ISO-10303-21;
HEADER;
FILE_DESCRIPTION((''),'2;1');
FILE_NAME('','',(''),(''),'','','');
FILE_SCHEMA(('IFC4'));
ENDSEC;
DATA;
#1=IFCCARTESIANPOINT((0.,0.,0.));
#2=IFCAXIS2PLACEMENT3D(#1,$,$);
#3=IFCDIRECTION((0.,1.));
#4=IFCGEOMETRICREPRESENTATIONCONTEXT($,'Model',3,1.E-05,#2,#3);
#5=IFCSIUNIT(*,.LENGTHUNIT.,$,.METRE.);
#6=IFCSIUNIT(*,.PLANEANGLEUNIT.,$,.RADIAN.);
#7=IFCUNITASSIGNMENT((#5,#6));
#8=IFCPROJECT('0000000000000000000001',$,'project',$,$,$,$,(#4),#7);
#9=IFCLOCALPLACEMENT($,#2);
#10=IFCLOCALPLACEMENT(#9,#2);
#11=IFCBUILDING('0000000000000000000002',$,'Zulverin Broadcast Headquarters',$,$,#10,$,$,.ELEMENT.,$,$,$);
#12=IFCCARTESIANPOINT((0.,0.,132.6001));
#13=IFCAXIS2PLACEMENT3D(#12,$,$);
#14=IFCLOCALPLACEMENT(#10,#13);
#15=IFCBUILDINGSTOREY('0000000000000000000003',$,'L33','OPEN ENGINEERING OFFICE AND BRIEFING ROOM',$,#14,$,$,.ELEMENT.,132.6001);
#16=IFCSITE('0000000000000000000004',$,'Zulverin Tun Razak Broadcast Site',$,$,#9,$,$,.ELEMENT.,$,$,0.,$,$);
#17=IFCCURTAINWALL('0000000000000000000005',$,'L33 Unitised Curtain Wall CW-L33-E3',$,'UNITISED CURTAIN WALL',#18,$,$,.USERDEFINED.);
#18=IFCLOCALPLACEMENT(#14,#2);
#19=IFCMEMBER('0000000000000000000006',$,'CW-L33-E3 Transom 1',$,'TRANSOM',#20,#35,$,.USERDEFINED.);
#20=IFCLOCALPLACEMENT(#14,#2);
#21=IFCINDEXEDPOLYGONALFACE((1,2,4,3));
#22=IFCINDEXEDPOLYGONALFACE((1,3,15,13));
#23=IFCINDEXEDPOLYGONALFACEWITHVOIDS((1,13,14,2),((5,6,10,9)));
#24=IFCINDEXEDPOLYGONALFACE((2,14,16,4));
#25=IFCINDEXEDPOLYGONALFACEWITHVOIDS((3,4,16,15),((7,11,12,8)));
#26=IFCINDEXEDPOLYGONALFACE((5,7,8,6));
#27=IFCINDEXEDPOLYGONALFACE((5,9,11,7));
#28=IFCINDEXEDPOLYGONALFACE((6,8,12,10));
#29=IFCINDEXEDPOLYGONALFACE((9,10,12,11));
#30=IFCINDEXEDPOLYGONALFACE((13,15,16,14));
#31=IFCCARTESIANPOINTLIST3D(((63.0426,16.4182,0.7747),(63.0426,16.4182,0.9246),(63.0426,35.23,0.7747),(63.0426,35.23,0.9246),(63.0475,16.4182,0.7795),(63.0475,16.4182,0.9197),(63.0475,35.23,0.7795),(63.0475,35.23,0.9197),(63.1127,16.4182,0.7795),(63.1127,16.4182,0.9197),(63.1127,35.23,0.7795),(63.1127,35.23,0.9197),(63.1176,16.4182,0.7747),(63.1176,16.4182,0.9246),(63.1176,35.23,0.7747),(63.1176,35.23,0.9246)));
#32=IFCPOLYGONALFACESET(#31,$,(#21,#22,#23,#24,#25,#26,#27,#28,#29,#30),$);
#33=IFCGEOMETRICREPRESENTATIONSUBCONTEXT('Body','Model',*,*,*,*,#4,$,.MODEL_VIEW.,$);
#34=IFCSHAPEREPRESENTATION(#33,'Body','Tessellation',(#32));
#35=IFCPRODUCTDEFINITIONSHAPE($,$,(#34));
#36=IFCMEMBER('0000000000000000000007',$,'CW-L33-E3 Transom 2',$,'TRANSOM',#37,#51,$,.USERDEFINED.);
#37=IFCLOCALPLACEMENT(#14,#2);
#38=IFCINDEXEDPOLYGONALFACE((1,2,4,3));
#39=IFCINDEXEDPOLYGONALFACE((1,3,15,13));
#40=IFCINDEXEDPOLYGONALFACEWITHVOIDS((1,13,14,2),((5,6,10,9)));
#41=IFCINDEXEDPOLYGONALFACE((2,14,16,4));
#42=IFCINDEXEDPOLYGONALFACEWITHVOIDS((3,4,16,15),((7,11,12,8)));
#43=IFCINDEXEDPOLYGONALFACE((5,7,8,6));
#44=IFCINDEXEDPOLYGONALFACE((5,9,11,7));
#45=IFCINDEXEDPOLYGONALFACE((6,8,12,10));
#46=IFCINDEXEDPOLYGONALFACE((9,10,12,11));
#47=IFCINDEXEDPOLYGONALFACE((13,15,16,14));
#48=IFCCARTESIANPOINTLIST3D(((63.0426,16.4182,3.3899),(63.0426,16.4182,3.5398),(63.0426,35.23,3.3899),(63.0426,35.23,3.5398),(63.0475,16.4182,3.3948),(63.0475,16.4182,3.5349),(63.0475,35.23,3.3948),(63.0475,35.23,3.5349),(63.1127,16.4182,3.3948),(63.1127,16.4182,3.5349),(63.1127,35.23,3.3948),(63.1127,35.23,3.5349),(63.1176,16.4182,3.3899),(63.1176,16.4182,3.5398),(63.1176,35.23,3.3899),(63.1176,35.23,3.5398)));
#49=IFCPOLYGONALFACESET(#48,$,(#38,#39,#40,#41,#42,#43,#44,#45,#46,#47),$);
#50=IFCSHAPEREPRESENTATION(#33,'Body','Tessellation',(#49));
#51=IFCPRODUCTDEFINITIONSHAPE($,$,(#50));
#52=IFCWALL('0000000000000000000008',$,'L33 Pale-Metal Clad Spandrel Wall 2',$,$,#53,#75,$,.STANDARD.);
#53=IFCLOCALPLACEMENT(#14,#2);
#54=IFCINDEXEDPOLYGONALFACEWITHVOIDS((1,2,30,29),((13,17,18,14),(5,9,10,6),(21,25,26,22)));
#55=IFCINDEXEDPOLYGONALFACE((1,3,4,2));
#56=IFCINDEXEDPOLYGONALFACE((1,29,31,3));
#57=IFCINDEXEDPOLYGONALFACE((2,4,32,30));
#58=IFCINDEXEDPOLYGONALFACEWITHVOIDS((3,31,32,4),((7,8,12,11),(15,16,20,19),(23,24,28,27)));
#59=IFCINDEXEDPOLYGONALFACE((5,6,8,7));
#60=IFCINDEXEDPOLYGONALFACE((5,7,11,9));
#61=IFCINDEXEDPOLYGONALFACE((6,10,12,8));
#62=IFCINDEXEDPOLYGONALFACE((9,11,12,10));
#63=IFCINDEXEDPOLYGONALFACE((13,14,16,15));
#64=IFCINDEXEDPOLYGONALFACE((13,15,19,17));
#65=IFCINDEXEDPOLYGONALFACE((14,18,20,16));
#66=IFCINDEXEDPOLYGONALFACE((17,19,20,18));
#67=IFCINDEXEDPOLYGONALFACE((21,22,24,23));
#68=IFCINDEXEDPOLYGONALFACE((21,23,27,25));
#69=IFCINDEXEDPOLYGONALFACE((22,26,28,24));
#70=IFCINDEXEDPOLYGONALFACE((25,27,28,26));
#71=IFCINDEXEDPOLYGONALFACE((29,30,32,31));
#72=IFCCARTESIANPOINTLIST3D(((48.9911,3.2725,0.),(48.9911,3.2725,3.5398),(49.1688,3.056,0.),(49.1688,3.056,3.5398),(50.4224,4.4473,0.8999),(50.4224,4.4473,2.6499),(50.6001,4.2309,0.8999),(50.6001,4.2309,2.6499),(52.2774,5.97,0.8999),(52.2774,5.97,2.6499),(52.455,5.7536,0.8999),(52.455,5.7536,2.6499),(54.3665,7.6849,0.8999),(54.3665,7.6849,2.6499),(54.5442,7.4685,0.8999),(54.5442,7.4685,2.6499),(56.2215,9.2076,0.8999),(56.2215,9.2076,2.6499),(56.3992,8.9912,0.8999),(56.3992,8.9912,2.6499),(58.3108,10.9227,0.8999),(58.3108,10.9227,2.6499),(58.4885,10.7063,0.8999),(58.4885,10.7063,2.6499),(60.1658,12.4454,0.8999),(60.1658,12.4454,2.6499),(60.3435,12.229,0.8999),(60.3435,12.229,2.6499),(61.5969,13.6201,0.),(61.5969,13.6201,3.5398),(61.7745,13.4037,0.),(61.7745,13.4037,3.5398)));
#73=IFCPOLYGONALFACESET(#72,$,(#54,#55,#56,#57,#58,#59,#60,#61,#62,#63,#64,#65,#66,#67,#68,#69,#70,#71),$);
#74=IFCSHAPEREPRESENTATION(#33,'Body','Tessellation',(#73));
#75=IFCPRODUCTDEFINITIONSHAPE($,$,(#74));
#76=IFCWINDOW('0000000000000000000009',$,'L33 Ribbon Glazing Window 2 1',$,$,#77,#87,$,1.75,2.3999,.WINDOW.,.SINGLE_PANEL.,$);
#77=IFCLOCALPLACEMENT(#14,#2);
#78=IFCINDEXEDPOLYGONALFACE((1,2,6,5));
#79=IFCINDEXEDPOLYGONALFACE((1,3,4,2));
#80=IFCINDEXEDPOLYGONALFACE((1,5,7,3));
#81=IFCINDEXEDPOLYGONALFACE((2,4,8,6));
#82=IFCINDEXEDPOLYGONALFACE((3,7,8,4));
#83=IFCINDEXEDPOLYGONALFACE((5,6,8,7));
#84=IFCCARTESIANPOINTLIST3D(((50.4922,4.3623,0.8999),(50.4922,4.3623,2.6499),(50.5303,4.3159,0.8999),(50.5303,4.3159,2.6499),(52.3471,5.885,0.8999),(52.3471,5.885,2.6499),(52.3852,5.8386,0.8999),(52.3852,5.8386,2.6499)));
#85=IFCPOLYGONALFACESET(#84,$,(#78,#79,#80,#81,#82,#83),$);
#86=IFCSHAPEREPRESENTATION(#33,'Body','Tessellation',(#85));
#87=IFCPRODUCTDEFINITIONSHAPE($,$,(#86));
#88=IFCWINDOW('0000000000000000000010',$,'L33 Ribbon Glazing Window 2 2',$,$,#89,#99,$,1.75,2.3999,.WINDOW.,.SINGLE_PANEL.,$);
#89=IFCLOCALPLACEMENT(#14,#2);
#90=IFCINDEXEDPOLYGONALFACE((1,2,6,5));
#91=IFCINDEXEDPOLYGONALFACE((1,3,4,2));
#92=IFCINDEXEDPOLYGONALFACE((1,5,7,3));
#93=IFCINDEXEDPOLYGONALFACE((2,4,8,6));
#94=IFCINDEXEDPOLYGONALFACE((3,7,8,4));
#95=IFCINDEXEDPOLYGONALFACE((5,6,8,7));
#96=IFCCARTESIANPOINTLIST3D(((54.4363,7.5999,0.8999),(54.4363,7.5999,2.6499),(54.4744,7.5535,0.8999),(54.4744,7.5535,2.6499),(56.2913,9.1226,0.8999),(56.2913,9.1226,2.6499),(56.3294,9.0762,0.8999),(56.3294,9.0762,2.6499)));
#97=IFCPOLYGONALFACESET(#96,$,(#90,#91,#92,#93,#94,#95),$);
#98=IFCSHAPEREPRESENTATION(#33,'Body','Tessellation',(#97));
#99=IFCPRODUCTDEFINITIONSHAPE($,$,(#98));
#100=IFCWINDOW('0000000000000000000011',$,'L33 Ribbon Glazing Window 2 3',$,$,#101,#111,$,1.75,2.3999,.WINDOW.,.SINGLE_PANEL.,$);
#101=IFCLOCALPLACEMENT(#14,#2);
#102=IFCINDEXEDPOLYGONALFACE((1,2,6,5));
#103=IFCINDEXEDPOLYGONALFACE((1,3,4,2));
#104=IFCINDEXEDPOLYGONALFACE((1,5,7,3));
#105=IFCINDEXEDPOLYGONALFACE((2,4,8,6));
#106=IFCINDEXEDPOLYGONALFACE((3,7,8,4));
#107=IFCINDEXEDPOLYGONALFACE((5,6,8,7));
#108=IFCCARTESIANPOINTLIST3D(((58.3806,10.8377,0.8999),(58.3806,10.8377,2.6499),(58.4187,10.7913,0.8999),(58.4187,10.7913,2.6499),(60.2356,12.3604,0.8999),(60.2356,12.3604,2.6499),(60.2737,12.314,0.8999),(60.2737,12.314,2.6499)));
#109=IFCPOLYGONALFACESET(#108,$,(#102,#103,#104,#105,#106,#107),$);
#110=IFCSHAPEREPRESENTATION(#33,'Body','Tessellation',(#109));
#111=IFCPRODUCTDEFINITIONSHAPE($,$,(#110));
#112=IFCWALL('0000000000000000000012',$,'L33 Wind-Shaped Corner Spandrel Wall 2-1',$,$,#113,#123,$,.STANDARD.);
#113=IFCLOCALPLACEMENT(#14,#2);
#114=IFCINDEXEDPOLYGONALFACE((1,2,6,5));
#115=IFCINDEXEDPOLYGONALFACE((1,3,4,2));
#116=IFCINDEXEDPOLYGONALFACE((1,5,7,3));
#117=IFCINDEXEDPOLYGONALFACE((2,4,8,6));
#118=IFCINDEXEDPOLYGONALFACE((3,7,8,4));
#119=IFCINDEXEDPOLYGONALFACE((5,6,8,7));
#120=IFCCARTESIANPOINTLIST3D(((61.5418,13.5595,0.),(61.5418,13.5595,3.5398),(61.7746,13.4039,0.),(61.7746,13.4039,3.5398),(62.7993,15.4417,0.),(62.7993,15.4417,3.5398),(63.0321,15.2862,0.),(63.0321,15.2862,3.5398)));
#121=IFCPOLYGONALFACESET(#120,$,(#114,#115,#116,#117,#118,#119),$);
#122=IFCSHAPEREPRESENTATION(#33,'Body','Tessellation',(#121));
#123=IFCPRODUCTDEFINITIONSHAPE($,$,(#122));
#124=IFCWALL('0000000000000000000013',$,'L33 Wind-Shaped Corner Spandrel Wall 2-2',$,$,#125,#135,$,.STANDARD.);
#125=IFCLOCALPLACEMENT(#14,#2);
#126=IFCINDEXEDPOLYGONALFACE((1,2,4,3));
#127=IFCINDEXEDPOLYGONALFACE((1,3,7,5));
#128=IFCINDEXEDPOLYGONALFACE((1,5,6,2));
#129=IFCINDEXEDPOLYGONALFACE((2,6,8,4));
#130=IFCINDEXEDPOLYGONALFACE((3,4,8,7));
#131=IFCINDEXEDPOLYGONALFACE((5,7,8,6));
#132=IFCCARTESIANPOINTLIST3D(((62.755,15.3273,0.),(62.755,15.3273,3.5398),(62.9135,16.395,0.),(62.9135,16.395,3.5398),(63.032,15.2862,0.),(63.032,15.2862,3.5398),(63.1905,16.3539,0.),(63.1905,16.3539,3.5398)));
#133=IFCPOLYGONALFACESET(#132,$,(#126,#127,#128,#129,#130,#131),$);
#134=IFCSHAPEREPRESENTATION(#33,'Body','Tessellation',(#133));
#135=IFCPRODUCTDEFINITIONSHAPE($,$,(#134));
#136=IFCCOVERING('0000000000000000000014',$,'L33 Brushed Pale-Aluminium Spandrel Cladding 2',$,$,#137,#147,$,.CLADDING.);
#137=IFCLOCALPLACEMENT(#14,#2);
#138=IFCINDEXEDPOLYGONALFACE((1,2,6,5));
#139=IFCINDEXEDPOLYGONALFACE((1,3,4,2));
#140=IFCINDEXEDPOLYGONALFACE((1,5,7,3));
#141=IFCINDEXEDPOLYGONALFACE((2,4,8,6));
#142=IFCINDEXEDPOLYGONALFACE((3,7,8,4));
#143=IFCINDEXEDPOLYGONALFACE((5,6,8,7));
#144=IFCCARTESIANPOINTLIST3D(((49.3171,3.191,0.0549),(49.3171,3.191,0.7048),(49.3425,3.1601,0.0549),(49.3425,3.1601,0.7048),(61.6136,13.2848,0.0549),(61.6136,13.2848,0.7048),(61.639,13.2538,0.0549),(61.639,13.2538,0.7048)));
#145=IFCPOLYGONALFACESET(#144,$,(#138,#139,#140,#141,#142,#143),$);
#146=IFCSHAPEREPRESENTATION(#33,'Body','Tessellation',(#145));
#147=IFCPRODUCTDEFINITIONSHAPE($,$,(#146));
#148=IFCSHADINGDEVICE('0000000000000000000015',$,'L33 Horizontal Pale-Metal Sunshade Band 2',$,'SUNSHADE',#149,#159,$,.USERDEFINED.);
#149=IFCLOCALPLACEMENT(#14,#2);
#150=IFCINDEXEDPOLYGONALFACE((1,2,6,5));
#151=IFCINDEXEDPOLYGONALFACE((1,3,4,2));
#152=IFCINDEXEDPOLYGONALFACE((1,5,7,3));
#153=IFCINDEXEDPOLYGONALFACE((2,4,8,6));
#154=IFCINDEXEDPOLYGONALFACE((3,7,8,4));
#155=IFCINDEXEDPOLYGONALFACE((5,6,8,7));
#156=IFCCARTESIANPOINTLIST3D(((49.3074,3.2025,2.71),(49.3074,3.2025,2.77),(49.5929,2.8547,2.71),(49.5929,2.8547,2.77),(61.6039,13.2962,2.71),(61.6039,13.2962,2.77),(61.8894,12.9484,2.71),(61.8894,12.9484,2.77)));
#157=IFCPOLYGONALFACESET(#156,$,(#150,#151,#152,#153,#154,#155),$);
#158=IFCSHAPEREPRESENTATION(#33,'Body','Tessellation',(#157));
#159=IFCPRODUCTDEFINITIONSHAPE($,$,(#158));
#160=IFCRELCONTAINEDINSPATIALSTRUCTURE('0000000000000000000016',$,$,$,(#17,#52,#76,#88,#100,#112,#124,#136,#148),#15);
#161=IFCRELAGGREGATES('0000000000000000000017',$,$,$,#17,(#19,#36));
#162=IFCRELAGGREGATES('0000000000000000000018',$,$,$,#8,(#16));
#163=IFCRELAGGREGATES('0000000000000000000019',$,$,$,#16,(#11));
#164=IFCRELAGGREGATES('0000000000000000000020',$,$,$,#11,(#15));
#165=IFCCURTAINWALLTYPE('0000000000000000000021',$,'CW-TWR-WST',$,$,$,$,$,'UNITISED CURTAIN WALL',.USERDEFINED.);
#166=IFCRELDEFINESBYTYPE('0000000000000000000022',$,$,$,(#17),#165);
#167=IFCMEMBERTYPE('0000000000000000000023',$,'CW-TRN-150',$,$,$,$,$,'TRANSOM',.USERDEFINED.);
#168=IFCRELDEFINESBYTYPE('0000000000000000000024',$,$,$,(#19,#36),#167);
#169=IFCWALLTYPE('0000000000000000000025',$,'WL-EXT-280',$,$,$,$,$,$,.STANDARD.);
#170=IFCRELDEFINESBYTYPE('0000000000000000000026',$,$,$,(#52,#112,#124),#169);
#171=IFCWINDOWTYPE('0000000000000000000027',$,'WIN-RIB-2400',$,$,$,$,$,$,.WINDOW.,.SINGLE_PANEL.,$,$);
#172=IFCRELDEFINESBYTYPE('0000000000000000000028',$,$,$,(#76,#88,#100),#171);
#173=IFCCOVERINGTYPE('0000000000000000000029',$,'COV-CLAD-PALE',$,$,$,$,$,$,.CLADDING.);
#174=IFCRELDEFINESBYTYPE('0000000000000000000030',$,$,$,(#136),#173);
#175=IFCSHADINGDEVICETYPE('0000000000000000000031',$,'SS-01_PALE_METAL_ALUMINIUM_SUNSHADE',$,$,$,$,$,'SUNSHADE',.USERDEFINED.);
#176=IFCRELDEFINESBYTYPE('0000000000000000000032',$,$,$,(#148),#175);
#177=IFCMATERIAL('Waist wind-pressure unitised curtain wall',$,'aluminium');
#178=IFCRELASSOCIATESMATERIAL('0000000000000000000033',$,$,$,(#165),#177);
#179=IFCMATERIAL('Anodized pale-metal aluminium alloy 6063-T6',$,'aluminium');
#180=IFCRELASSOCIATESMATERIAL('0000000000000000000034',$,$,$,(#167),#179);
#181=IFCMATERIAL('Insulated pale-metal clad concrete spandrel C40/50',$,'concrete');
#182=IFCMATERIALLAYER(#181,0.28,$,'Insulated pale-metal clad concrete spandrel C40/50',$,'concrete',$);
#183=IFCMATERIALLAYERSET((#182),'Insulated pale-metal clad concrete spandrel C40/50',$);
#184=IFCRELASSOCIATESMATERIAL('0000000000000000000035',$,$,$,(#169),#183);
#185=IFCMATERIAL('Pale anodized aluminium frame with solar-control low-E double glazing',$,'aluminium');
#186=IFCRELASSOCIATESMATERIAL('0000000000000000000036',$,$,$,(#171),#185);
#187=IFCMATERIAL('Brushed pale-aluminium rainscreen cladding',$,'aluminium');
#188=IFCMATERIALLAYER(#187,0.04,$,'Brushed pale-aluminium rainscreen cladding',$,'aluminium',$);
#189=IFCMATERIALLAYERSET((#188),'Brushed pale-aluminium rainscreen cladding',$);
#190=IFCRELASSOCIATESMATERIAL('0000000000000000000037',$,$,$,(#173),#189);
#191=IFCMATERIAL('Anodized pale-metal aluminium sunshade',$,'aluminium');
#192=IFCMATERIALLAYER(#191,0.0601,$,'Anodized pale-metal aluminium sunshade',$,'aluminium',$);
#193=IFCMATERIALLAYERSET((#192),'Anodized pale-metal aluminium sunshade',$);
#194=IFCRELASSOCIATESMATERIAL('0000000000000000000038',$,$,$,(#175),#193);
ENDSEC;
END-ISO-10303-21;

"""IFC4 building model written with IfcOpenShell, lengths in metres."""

from ifc_helpers import new_model, si_unit, direction, frame, frame_2d, origin, origin_2d, place, context, subcontext, project, spatial, rectangle, hollow_rectangle, extrude, material, layer, layer_set, material_profile, profile_set, type_object, element, fill, aggregate, save


model = new_model("IFC4")

# Units and contexts
model_context = context("Model", 3, precision=1e-05, world=origin(), true_north=direction((0.0, 1.0)))
body_context = subcontext(model_context, "Body", "Model", "MODEL_VIEW")
ifc_project = project(units=[si_unit("LENGTHUNIT", "METRE"), si_unit("PLANEANGLEUNIT", "RADIAN")], contexts=[model_context])

# Site, building, storey
site_placement = place(None, origin())
site = spatial("IfcSite", under=ifc_project, at=site_placement, Name="Zulverin Tun Razak Broadcast Site", CompositionType="ELEMENT", RefElevation=0.0)
building_placement = place(site_placement, origin())
building = spatial("IfcBuilding", under=site, at=building_placement, Name="Zulverin Broadcast Headquarters", CompositionType="ELEMENT")
storey_placement = place(building_placement, frame((0.0, 0.0, 132.6001)))
storey = spatial("IfcBuildingStorey", under=building, at=storey_placement, Name="L33", Description="OPEN ENGINEERING OFFICE AND BRIEFING ROOM", CompositionType="ELEMENT", Elevation=132.6001)

# Curtain wall, members
ifc_material_1 = material(Name="Waist wind-pressure unitised curtain wall", Category="aluminium")
curtain_wall_type = type_object("IfcCurtainWallType", Name="CW-TWR-WST", ElementType="UNITISED CURTAIN WALL", PredefinedType="USERDEFINED", material=ifc_material_1)
curtain_wall_placement = place(storey_placement, origin())
curtain_wall = element("IfcCurtainWall", 1, at=curtain_wall_placement, inside=storey, type_object=curtain_wall_type, Name="L33 Unitised Curtain Wall CW-L33-E3", ObjectType="UNITISED CURTAIN WALL", PredefinedType="USERDEFINED")
ifc_material_2 = material(Name="Anodized pale-metal aluminium alloy 6063-T6", Category="aluminium")
ifc_material_profile_1 = material_profile(ifc_material_2, hollow_rectangle(XDim=0.075, YDim=0.1499, WallThickness=0.0049, at=origin_2d()), Name="Anodized pale-metal aluminium alloy 6063-T6", Category="aluminium")
ifc_profile_set_1 = profile_set([ifc_material_profile_1], Name="Anodized pale-metal aluminium alloy 6063-T6")
member_type_1 = type_object("IfcMemberType", Name="CW-TRN-150", ElementType="TRANSOM", PredefinedType="USERDEFINED", material=ifc_profile_set_1)
member_1_placement = place(storey_placement, frame((63.0801, 16.4182, 0.8496), z_axis=(0.0, 1.0, 0.0), x_axis=(-1.0, 0.0, 0.0)))
member_1 = element("IfcMember", 2, at=member_1_placement, type_object=member_type_1, Name="CW-L33-E3 Transom 1", ObjectType="TRANSOM", PredefinedType="USERDEFINED", context=body_context, shape_type="SweptSolid", body=[
    extrude(hollow_rectangle(XDim=0.075, YDim=0.1499, WallThickness=0.0049, at=origin_2d()), origin(), (0.0, 0.0, 1.0), 18.8118),
])
member_2_placement = place(storey_placement, frame((63.0801, 16.4182, 3.4648), z_axis=(0.0, 1.0, 0.0), x_axis=(-1.0, 0.0, 0.0)))
member_2 = element("IfcMember", 3, at=member_2_placement, type_object=member_type_1, Name="CW-L33-E3 Transom 2", ObjectType="TRANSOM", PredefinedType="USERDEFINED", context=body_context, shape_type="SweptSolid", body=[
    extrude(hollow_rectangle(XDim=0.075, YDim=0.1499, WallThickness=0.0049, at=origin_2d()), origin(), (0.0, 0.0, 1.0), 18.8118),
])
aggregate(curtain_wall, [member_1, member_2])

# Wall, openings, windows
ifc_material_3 = material(Name="Insulated pale-metal clad concrete spandrel C40/50", Category="concrete")
ifc_layer_1 = layer(ifc_material_3, 0.28, Name="Insulated pale-metal clad concrete spandrel C40/50", Category="concrete")
ifc_layer_set_1 = layer_set([ifc_layer_1], Name="Insulated pale-metal clad concrete spandrel C40/50")
wall_type = type_object("IfcWallType", Name="WL-EXT-280", PredefinedType="STANDARD", material=ifc_layer_set_1)
wall_1_placement = place(storey_placement, frame((49.0801, 3.1643, 0.0), z_axis=(0.0, 0.0, 1.0), x_axis=(0.772938, 0.634482, 0.0)))
wall_1 = element("IfcWall", 4, at=wall_1_placement, inside=storey, type_object=wall_type, Name="L33 Pale-Metal Clad Spandrel Wall 2", PredefinedType="STANDARD", context=body_context, shape_type="SweptSolid", body=[
    extrude(rectangle(XDim=16.3088, YDim=0.28, at=frame_2d((8.1543, 0.0))), origin(), (0.0, 0.0, 1.0), 3.5398),
])
opening_1_placement = place(wall_1_placement, frame((1.8516, 0.0, 0.8999)))
opening_1 = element("IfcOpeningElement", 5, at=opening_1_placement, cuts=wall_1, PredefinedType="OPENING", context=body_context, shape_type="SweptSolid", body=[
    extrude(rectangle(XDim=2.3999, YDim=1.75, at=frame_2d((1.2, 0.875))), frame((0.0, 0.1499, 0.0), z_axis=(0.0, -1.0, 0.0), x_axis=(1.0, 0.0, 0.0)), (0.0, 0.0, 1.0), 0.3),
])
opening_2_placement = place(wall_1_placement, frame((6.9543, 0.0, 0.8999)))
opening_2 = element("IfcOpeningElement", 6, at=opening_2_placement, cuts=wall_1, PredefinedType="OPENING", context=body_context, shape_type="SweptSolid", body=[
    extrude(rectangle(XDim=2.3999, YDim=1.75, at=frame_2d((1.2, 0.875))), frame((0.0, 0.1499, 0.0), z_axis=(0.0, -1.0, 0.0), x_axis=(1.0, 0.0, 0.0)), (0.0, 0.0, 1.0), 0.3),
])
opening_3_placement = place(wall_1_placement, frame((12.0574, 0.0, 0.8999)))
opening_3 = element("IfcOpeningElement", 7, at=opening_3_placement, cuts=wall_1, PredefinedType="OPENING", context=body_context, shape_type="SweptSolid", body=[
    extrude(rectangle(XDim=2.3999, YDim=1.75, at=frame_2d((1.2, 0.875))), frame((0.0, 0.1499, 0.0), z_axis=(0.0, -1.0, 0.0), x_axis=(1.0, 0.0, 0.0)), (0.0, 0.0, 1.0), 0.3),
])
ifc_material_4 = material(Name="Pale anodized aluminium frame with solar-control low-E double glazing", Category="aluminium")
window_type = type_object("IfcWindowType", Name="WIN-RIB-2400", PartitioningType="SINGLE_PANEL", PredefinedType="WINDOW", material=ifc_material_4)
window_1_placement = place(opening_1_placement, origin())
window_1 = element("IfcWindow", 8, at=window_1_placement, inside=storey, type_object=window_type, Name="L33 Ribbon Glazing Window 2 1", OverallHeight=1.75, OverallWidth=2.3999, PartitioningType="SINGLE_PANEL", PredefinedType="WINDOW", context=body_context, shape_type="SweptSolid", body=[
    extrude(rectangle(XDim=2.3999, YDim=1.75, at=frame_2d((1.2, 0.875))), frame((0.0, 0.03, 0.0), z_axis=(0.0, -1.0, 0.0), x_axis=(1.0, 0.0, 0.0)), (0.0, 0.0, 1.0), 0.0601),
])
fill(opening_1, window_1)
window_2_placement = place(opening_2_placement, origin())
window_2 = element("IfcWindow", 9, at=window_2_placement, inside=storey, type_object=window_type, Name="L33 Ribbon Glazing Window 2 2", OverallHeight=1.75, OverallWidth=2.3999, PartitioningType="SINGLE_PANEL", PredefinedType="WINDOW", context=body_context, shape_type="SweptSolid", body=[
    extrude(rectangle(XDim=2.3999, YDim=1.75, at=frame_2d((1.2, 0.875))), frame((0.0, 0.03, 0.0), z_axis=(0.0, -1.0, 0.0), x_axis=(1.0, 0.0, 0.0)), (0.0, 0.0, 1.0), 0.0601),
])
fill(opening_2, window_2)
window_3_placement = place(opening_3_placement, origin())
window_3 = element("IfcWindow", 10, at=window_3_placement, inside=storey, type_object=window_type, Name="L33 Ribbon Glazing Window 2 3", OverallHeight=1.75, OverallWidth=2.3999, PartitioningType="SINGLE_PANEL", PredefinedType="WINDOW", context=body_context, shape_type="SweptSolid", body=[
    extrude(rectangle(XDim=2.3999, YDim=1.75, at=frame_2d((1.2, 0.875))), frame((0.0, 0.03, 0.0), z_axis=(0.0, -1.0, 0.0), x_axis=(1.0, 0.0, 0.0)), (0.0, 0.0, 1.0), 0.0601),
])
fill(opening_3, window_3)

# Walls
wall_2_placement = place(storey_placement, frame((61.6582, 13.4817, 0.0), z_axis=(0.0, 0.0, 1.0), x_axis=(0.555521, 0.831502, 0.0)))
element("IfcWall", 11, at=wall_2_placement, inside=storey, type_object=wall_type, Name="L33 Wind-Shaped Corner Spandrel Wall 2-1", PredefinedType="STANDARD", context=body_context, shape_type="SweptSolid", body=[
    extrude(rectangle(XDim=2.2637, YDim=0.28, at=frame_2d((1.1318, 0.0))), origin(), (0.0, 0.0, 1.0), 3.5398),
])
wall_3_placement = place(storey_placement, frame((62.8936, 15.3069, 0.0), z_axis=(0.0, 0.0, 1.0), x_axis=(0.146803, 0.989166, 0.0)))
element("IfcWall", 12, at=wall_3_placement, inside=storey, type_object=wall_type, Name="L33 Wind-Shaped Corner Spandrel Wall 2-2", PredefinedType="STANDARD", context=body_context, shape_type="SweptSolid", body=[
    extrude(rectangle(XDim=1.0793, YDim=0.28, at=frame_2d((0.5396, 0.0))), origin(), (0.0, 0.0, 1.0), 3.5398),
])

# Covering
ifc_material_5 = material(Name="Brushed pale-aluminium rainscreen cladding", Category="aluminium")
ifc_layer_2 = layer(ifc_material_5, 0.04, Name="Brushed pale-aluminium rainscreen cladding", Category="aluminium")
ifc_layer_set_2 = layer_set([ifc_layer_2], Name="Brushed pale-aluminium rainscreen cladding")
covering_type = type_object("IfcCoveringType", Name="COV-CLAD-PALE", PredefinedType="CLADDING", material=ifc_layer_set_2)
covering_placement = place(storey_placement, frame((55.478, 8.2224, 0.0549), z_axis=(0.0, 0.0, 1.0), x_axis=(0.77294, 0.63448, 0.0)))
element("IfcCovering", 13, at=covering_placement, inside=storey, type_object=covering_type, Name="L33 Brushed Pale-Aluminium Spandrel Cladding 2", PredefinedType="CLADDING", context=body_context, shape_type="SweptSolid", body=[
    extrude(rectangle(XDim=15.9087, YDim=0.04, at=origin_2d()), origin(), (0.0, 0.0, 1.0), 0.6499),
])

# Shading device
ifc_material_6 = material(Name="Anodized pale-metal aluminium sunshade", Category="aluminium")
ifc_layer_3 = layer(ifc_material_6, 0.0601, Name="Anodized pale-metal aluminium sunshade", Category="aluminium")
ifc_layer_set_3 = layer_set([ifc_layer_3], Name="Anodized pale-metal aluminium sunshade")
shading_device_type = type_object("IfcShadingDeviceType", Name="SS-01_PALE_METAL_ALUMINIUM_SUNSHADE", ElementType="SUNSHADE", PredefinedType="USERDEFINED", material=ifc_layer_set_3)
shading_device_placement = place(storey_placement, frame((55.5984, 8.0754, 2.71), z_axis=(0.0, 0.0, 1.0), x_axis=(0.77294, 0.63448, 0.0)))
element("IfcShadingDevice", 14, at=shading_device_placement, inside=storey, type_object=shading_device_type, Name="L33 Horizontal Pale-Metal Sunshade Band 2", ObjectType="SUNSHADE", PredefinedType="USERDEFINED", context=body_context, shape_type="SweptSolid", body=[
    extrude(rectangle(XDim=15.9087, YDim=0.45, at=origin_2d()), origin(), (0.0, 0.0, 1.0), 0.0601),
])

save(model, "model.ifc")
